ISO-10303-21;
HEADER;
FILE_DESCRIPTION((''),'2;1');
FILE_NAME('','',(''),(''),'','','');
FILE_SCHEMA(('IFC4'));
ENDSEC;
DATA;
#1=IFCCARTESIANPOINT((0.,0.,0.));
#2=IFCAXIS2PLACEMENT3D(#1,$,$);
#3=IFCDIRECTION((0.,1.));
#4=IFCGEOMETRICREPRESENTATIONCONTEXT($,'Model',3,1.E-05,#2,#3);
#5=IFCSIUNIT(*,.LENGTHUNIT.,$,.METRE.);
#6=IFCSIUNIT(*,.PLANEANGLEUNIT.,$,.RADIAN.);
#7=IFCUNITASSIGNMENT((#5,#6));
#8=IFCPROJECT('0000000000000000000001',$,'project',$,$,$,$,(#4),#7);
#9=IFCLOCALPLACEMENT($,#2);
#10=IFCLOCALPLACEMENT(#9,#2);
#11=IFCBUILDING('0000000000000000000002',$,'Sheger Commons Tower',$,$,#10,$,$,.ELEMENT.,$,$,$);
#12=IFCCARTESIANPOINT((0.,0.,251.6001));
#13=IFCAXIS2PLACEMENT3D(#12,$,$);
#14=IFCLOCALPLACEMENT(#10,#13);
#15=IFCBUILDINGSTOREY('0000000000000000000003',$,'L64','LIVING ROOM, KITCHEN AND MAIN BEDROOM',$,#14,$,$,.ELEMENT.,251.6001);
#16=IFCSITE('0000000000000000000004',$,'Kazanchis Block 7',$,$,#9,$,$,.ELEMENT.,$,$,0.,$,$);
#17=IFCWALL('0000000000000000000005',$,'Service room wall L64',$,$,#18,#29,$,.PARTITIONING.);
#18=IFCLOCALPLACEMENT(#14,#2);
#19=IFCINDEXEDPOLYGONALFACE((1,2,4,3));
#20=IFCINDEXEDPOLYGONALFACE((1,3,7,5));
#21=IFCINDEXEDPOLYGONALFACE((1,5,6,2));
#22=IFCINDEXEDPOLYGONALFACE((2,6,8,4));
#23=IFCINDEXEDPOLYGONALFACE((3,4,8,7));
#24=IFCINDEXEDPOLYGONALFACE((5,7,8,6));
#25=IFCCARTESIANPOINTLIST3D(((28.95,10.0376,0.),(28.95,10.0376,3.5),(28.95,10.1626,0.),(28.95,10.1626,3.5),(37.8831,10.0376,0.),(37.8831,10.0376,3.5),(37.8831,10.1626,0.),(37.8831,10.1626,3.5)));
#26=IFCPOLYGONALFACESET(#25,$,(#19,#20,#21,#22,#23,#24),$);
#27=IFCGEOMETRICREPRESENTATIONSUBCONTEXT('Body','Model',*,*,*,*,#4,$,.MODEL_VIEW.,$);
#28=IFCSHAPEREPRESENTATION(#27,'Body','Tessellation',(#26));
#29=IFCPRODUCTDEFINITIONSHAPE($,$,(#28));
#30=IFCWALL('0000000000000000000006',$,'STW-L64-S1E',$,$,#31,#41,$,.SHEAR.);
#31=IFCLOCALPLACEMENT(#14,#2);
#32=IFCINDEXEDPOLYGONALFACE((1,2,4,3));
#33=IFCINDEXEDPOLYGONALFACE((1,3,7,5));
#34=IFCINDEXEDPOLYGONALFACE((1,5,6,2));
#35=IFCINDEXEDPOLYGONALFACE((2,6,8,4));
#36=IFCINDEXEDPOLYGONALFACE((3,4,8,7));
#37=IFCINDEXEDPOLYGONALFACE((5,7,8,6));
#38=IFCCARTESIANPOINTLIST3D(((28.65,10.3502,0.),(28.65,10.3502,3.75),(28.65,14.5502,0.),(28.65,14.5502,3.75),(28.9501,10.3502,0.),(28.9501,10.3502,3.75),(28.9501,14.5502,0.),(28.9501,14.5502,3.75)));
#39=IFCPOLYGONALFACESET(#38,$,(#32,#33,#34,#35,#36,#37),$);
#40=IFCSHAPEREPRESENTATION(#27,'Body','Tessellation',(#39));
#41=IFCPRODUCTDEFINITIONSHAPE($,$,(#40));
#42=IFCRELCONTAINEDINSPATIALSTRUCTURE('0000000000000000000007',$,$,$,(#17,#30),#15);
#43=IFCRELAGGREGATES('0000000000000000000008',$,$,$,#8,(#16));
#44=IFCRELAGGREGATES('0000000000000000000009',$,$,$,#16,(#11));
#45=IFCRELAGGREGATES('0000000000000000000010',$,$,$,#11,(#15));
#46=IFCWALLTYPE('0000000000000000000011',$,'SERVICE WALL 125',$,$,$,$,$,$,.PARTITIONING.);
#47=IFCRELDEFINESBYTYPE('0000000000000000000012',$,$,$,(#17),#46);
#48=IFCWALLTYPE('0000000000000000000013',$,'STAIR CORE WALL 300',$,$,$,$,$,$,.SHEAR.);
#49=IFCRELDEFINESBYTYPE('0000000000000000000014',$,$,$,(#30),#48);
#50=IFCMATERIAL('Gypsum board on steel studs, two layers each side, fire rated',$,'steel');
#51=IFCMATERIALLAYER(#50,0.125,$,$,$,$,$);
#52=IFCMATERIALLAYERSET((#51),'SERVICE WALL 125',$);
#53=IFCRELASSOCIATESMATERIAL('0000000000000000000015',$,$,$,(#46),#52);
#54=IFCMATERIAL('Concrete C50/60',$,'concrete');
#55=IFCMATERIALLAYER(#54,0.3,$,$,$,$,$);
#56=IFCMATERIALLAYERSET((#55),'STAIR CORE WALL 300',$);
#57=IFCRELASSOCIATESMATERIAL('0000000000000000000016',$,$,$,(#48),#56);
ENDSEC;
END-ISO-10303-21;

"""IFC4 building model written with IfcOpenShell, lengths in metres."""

from ifc_helpers import new_model, si_unit, direction, frame, frame_2d, origin, place, context, subcontext, project, spatial, rectangle, extrude, material, layer, layer_set, type_object, element, save


model = new_model("IFC4")

# Units and contexts
model_context = context("Model", 3, precision=1e-05, world=origin(), true_north=direction((0.0, 1.0)))
body_context = subcontext(model_context, "Body", "Model", "MODEL_VIEW")
ifc_project = project(units=[si_unit("LENGTHUNIT", "METRE"), si_unit("PLANEANGLEUNIT", "RADIAN")], contexts=[model_context])

# Site, building, storey
site_placement = place(None, origin())
site = spatial("IfcSite", under=ifc_project, at=site_placement, Name="Kazanchis Block 7", CompositionType="ELEMENT", RefElevation=0.0)
building_placement = place(site_placement, origin())
building = spatial("IfcBuilding", under=site, at=building_placement, Name="Sheger Commons Tower", CompositionType="ELEMENT")
storey_placement = place(building_placement, frame((0.0, 0.0, 251.6001)))
storey = spatial("IfcBuildingStorey", under=building, at=storey_placement, Name="L64", Description="LIVING ROOM, KITCHEN AND MAIN BEDROOM", CompositionType="ELEMENT", Elevation=251.6001)

# Walls
ifc_material_1 = material(Name="Gypsum board on steel studs, two layers each side, fire rated", Category="steel")
ifc_layer_1 = layer(ifc_material_1, 0.125)
ifc_layer_set_1 = layer_set([ifc_layer_1], Name="SERVICE WALL 125")
wall_type_1 = type_object("IfcWallType", Name="SERVICE WALL 125", PredefinedType="PARTITIONING", material=ifc_layer_set_1)
wall_1_placement = place(storey_placement, frame((28.95, 10.1001, 0.0), z_axis=(0.0, 0.0, 1.0), x_axis=(1.0, 0.0, 0.0)))
element("IfcWall", 1, at=wall_1_placement, inside=storey, type_object=wall_type_1, Name="Service room wall L64", PredefinedType="PARTITIONING", context=body_context, shape_type="SweptSolid", body=[
    extrude(rectangle(XDim=8.9331, YDim=0.125, at=frame_2d((4.4666, 0.0))), origin(), (0.0, 0.0, 1.0), 3.5),
])
ifc_material_2 = material(Name="Concrete C50/60", Category="concrete")
ifc_layer_2 = layer(ifc_material_2, 0.3)
ifc_layer_set_2 = layer_set([ifc_layer_2], Name="STAIR CORE WALL 300")
wall_type_2 = type_object("IfcWallType", Name="STAIR CORE WALL 300", PredefinedType="SHEAR", material=ifc_layer_set_2)
wall_2_placement = place(storey_placement, frame((28.8, 10.3501, 0.0), z_axis=(0.0, 0.0, 1.0), x_axis=(0.0, 1.0, 0.0)))
element("IfcWall", 2, at=wall_2_placement, inside=storey, type_object=wall_type_2, Name="STW-L64-S1E", PredefinedType="SHEAR", context=body_context, shape_type="SweptSolid", body=[
    extrude(rectangle(XDim=4.2, YDim=0.3, at=frame_2d((2.1001, 0.0))), origin(), (0.0, 0.0, 1.0), 3.75),
])

save(model, "model.ifc")
